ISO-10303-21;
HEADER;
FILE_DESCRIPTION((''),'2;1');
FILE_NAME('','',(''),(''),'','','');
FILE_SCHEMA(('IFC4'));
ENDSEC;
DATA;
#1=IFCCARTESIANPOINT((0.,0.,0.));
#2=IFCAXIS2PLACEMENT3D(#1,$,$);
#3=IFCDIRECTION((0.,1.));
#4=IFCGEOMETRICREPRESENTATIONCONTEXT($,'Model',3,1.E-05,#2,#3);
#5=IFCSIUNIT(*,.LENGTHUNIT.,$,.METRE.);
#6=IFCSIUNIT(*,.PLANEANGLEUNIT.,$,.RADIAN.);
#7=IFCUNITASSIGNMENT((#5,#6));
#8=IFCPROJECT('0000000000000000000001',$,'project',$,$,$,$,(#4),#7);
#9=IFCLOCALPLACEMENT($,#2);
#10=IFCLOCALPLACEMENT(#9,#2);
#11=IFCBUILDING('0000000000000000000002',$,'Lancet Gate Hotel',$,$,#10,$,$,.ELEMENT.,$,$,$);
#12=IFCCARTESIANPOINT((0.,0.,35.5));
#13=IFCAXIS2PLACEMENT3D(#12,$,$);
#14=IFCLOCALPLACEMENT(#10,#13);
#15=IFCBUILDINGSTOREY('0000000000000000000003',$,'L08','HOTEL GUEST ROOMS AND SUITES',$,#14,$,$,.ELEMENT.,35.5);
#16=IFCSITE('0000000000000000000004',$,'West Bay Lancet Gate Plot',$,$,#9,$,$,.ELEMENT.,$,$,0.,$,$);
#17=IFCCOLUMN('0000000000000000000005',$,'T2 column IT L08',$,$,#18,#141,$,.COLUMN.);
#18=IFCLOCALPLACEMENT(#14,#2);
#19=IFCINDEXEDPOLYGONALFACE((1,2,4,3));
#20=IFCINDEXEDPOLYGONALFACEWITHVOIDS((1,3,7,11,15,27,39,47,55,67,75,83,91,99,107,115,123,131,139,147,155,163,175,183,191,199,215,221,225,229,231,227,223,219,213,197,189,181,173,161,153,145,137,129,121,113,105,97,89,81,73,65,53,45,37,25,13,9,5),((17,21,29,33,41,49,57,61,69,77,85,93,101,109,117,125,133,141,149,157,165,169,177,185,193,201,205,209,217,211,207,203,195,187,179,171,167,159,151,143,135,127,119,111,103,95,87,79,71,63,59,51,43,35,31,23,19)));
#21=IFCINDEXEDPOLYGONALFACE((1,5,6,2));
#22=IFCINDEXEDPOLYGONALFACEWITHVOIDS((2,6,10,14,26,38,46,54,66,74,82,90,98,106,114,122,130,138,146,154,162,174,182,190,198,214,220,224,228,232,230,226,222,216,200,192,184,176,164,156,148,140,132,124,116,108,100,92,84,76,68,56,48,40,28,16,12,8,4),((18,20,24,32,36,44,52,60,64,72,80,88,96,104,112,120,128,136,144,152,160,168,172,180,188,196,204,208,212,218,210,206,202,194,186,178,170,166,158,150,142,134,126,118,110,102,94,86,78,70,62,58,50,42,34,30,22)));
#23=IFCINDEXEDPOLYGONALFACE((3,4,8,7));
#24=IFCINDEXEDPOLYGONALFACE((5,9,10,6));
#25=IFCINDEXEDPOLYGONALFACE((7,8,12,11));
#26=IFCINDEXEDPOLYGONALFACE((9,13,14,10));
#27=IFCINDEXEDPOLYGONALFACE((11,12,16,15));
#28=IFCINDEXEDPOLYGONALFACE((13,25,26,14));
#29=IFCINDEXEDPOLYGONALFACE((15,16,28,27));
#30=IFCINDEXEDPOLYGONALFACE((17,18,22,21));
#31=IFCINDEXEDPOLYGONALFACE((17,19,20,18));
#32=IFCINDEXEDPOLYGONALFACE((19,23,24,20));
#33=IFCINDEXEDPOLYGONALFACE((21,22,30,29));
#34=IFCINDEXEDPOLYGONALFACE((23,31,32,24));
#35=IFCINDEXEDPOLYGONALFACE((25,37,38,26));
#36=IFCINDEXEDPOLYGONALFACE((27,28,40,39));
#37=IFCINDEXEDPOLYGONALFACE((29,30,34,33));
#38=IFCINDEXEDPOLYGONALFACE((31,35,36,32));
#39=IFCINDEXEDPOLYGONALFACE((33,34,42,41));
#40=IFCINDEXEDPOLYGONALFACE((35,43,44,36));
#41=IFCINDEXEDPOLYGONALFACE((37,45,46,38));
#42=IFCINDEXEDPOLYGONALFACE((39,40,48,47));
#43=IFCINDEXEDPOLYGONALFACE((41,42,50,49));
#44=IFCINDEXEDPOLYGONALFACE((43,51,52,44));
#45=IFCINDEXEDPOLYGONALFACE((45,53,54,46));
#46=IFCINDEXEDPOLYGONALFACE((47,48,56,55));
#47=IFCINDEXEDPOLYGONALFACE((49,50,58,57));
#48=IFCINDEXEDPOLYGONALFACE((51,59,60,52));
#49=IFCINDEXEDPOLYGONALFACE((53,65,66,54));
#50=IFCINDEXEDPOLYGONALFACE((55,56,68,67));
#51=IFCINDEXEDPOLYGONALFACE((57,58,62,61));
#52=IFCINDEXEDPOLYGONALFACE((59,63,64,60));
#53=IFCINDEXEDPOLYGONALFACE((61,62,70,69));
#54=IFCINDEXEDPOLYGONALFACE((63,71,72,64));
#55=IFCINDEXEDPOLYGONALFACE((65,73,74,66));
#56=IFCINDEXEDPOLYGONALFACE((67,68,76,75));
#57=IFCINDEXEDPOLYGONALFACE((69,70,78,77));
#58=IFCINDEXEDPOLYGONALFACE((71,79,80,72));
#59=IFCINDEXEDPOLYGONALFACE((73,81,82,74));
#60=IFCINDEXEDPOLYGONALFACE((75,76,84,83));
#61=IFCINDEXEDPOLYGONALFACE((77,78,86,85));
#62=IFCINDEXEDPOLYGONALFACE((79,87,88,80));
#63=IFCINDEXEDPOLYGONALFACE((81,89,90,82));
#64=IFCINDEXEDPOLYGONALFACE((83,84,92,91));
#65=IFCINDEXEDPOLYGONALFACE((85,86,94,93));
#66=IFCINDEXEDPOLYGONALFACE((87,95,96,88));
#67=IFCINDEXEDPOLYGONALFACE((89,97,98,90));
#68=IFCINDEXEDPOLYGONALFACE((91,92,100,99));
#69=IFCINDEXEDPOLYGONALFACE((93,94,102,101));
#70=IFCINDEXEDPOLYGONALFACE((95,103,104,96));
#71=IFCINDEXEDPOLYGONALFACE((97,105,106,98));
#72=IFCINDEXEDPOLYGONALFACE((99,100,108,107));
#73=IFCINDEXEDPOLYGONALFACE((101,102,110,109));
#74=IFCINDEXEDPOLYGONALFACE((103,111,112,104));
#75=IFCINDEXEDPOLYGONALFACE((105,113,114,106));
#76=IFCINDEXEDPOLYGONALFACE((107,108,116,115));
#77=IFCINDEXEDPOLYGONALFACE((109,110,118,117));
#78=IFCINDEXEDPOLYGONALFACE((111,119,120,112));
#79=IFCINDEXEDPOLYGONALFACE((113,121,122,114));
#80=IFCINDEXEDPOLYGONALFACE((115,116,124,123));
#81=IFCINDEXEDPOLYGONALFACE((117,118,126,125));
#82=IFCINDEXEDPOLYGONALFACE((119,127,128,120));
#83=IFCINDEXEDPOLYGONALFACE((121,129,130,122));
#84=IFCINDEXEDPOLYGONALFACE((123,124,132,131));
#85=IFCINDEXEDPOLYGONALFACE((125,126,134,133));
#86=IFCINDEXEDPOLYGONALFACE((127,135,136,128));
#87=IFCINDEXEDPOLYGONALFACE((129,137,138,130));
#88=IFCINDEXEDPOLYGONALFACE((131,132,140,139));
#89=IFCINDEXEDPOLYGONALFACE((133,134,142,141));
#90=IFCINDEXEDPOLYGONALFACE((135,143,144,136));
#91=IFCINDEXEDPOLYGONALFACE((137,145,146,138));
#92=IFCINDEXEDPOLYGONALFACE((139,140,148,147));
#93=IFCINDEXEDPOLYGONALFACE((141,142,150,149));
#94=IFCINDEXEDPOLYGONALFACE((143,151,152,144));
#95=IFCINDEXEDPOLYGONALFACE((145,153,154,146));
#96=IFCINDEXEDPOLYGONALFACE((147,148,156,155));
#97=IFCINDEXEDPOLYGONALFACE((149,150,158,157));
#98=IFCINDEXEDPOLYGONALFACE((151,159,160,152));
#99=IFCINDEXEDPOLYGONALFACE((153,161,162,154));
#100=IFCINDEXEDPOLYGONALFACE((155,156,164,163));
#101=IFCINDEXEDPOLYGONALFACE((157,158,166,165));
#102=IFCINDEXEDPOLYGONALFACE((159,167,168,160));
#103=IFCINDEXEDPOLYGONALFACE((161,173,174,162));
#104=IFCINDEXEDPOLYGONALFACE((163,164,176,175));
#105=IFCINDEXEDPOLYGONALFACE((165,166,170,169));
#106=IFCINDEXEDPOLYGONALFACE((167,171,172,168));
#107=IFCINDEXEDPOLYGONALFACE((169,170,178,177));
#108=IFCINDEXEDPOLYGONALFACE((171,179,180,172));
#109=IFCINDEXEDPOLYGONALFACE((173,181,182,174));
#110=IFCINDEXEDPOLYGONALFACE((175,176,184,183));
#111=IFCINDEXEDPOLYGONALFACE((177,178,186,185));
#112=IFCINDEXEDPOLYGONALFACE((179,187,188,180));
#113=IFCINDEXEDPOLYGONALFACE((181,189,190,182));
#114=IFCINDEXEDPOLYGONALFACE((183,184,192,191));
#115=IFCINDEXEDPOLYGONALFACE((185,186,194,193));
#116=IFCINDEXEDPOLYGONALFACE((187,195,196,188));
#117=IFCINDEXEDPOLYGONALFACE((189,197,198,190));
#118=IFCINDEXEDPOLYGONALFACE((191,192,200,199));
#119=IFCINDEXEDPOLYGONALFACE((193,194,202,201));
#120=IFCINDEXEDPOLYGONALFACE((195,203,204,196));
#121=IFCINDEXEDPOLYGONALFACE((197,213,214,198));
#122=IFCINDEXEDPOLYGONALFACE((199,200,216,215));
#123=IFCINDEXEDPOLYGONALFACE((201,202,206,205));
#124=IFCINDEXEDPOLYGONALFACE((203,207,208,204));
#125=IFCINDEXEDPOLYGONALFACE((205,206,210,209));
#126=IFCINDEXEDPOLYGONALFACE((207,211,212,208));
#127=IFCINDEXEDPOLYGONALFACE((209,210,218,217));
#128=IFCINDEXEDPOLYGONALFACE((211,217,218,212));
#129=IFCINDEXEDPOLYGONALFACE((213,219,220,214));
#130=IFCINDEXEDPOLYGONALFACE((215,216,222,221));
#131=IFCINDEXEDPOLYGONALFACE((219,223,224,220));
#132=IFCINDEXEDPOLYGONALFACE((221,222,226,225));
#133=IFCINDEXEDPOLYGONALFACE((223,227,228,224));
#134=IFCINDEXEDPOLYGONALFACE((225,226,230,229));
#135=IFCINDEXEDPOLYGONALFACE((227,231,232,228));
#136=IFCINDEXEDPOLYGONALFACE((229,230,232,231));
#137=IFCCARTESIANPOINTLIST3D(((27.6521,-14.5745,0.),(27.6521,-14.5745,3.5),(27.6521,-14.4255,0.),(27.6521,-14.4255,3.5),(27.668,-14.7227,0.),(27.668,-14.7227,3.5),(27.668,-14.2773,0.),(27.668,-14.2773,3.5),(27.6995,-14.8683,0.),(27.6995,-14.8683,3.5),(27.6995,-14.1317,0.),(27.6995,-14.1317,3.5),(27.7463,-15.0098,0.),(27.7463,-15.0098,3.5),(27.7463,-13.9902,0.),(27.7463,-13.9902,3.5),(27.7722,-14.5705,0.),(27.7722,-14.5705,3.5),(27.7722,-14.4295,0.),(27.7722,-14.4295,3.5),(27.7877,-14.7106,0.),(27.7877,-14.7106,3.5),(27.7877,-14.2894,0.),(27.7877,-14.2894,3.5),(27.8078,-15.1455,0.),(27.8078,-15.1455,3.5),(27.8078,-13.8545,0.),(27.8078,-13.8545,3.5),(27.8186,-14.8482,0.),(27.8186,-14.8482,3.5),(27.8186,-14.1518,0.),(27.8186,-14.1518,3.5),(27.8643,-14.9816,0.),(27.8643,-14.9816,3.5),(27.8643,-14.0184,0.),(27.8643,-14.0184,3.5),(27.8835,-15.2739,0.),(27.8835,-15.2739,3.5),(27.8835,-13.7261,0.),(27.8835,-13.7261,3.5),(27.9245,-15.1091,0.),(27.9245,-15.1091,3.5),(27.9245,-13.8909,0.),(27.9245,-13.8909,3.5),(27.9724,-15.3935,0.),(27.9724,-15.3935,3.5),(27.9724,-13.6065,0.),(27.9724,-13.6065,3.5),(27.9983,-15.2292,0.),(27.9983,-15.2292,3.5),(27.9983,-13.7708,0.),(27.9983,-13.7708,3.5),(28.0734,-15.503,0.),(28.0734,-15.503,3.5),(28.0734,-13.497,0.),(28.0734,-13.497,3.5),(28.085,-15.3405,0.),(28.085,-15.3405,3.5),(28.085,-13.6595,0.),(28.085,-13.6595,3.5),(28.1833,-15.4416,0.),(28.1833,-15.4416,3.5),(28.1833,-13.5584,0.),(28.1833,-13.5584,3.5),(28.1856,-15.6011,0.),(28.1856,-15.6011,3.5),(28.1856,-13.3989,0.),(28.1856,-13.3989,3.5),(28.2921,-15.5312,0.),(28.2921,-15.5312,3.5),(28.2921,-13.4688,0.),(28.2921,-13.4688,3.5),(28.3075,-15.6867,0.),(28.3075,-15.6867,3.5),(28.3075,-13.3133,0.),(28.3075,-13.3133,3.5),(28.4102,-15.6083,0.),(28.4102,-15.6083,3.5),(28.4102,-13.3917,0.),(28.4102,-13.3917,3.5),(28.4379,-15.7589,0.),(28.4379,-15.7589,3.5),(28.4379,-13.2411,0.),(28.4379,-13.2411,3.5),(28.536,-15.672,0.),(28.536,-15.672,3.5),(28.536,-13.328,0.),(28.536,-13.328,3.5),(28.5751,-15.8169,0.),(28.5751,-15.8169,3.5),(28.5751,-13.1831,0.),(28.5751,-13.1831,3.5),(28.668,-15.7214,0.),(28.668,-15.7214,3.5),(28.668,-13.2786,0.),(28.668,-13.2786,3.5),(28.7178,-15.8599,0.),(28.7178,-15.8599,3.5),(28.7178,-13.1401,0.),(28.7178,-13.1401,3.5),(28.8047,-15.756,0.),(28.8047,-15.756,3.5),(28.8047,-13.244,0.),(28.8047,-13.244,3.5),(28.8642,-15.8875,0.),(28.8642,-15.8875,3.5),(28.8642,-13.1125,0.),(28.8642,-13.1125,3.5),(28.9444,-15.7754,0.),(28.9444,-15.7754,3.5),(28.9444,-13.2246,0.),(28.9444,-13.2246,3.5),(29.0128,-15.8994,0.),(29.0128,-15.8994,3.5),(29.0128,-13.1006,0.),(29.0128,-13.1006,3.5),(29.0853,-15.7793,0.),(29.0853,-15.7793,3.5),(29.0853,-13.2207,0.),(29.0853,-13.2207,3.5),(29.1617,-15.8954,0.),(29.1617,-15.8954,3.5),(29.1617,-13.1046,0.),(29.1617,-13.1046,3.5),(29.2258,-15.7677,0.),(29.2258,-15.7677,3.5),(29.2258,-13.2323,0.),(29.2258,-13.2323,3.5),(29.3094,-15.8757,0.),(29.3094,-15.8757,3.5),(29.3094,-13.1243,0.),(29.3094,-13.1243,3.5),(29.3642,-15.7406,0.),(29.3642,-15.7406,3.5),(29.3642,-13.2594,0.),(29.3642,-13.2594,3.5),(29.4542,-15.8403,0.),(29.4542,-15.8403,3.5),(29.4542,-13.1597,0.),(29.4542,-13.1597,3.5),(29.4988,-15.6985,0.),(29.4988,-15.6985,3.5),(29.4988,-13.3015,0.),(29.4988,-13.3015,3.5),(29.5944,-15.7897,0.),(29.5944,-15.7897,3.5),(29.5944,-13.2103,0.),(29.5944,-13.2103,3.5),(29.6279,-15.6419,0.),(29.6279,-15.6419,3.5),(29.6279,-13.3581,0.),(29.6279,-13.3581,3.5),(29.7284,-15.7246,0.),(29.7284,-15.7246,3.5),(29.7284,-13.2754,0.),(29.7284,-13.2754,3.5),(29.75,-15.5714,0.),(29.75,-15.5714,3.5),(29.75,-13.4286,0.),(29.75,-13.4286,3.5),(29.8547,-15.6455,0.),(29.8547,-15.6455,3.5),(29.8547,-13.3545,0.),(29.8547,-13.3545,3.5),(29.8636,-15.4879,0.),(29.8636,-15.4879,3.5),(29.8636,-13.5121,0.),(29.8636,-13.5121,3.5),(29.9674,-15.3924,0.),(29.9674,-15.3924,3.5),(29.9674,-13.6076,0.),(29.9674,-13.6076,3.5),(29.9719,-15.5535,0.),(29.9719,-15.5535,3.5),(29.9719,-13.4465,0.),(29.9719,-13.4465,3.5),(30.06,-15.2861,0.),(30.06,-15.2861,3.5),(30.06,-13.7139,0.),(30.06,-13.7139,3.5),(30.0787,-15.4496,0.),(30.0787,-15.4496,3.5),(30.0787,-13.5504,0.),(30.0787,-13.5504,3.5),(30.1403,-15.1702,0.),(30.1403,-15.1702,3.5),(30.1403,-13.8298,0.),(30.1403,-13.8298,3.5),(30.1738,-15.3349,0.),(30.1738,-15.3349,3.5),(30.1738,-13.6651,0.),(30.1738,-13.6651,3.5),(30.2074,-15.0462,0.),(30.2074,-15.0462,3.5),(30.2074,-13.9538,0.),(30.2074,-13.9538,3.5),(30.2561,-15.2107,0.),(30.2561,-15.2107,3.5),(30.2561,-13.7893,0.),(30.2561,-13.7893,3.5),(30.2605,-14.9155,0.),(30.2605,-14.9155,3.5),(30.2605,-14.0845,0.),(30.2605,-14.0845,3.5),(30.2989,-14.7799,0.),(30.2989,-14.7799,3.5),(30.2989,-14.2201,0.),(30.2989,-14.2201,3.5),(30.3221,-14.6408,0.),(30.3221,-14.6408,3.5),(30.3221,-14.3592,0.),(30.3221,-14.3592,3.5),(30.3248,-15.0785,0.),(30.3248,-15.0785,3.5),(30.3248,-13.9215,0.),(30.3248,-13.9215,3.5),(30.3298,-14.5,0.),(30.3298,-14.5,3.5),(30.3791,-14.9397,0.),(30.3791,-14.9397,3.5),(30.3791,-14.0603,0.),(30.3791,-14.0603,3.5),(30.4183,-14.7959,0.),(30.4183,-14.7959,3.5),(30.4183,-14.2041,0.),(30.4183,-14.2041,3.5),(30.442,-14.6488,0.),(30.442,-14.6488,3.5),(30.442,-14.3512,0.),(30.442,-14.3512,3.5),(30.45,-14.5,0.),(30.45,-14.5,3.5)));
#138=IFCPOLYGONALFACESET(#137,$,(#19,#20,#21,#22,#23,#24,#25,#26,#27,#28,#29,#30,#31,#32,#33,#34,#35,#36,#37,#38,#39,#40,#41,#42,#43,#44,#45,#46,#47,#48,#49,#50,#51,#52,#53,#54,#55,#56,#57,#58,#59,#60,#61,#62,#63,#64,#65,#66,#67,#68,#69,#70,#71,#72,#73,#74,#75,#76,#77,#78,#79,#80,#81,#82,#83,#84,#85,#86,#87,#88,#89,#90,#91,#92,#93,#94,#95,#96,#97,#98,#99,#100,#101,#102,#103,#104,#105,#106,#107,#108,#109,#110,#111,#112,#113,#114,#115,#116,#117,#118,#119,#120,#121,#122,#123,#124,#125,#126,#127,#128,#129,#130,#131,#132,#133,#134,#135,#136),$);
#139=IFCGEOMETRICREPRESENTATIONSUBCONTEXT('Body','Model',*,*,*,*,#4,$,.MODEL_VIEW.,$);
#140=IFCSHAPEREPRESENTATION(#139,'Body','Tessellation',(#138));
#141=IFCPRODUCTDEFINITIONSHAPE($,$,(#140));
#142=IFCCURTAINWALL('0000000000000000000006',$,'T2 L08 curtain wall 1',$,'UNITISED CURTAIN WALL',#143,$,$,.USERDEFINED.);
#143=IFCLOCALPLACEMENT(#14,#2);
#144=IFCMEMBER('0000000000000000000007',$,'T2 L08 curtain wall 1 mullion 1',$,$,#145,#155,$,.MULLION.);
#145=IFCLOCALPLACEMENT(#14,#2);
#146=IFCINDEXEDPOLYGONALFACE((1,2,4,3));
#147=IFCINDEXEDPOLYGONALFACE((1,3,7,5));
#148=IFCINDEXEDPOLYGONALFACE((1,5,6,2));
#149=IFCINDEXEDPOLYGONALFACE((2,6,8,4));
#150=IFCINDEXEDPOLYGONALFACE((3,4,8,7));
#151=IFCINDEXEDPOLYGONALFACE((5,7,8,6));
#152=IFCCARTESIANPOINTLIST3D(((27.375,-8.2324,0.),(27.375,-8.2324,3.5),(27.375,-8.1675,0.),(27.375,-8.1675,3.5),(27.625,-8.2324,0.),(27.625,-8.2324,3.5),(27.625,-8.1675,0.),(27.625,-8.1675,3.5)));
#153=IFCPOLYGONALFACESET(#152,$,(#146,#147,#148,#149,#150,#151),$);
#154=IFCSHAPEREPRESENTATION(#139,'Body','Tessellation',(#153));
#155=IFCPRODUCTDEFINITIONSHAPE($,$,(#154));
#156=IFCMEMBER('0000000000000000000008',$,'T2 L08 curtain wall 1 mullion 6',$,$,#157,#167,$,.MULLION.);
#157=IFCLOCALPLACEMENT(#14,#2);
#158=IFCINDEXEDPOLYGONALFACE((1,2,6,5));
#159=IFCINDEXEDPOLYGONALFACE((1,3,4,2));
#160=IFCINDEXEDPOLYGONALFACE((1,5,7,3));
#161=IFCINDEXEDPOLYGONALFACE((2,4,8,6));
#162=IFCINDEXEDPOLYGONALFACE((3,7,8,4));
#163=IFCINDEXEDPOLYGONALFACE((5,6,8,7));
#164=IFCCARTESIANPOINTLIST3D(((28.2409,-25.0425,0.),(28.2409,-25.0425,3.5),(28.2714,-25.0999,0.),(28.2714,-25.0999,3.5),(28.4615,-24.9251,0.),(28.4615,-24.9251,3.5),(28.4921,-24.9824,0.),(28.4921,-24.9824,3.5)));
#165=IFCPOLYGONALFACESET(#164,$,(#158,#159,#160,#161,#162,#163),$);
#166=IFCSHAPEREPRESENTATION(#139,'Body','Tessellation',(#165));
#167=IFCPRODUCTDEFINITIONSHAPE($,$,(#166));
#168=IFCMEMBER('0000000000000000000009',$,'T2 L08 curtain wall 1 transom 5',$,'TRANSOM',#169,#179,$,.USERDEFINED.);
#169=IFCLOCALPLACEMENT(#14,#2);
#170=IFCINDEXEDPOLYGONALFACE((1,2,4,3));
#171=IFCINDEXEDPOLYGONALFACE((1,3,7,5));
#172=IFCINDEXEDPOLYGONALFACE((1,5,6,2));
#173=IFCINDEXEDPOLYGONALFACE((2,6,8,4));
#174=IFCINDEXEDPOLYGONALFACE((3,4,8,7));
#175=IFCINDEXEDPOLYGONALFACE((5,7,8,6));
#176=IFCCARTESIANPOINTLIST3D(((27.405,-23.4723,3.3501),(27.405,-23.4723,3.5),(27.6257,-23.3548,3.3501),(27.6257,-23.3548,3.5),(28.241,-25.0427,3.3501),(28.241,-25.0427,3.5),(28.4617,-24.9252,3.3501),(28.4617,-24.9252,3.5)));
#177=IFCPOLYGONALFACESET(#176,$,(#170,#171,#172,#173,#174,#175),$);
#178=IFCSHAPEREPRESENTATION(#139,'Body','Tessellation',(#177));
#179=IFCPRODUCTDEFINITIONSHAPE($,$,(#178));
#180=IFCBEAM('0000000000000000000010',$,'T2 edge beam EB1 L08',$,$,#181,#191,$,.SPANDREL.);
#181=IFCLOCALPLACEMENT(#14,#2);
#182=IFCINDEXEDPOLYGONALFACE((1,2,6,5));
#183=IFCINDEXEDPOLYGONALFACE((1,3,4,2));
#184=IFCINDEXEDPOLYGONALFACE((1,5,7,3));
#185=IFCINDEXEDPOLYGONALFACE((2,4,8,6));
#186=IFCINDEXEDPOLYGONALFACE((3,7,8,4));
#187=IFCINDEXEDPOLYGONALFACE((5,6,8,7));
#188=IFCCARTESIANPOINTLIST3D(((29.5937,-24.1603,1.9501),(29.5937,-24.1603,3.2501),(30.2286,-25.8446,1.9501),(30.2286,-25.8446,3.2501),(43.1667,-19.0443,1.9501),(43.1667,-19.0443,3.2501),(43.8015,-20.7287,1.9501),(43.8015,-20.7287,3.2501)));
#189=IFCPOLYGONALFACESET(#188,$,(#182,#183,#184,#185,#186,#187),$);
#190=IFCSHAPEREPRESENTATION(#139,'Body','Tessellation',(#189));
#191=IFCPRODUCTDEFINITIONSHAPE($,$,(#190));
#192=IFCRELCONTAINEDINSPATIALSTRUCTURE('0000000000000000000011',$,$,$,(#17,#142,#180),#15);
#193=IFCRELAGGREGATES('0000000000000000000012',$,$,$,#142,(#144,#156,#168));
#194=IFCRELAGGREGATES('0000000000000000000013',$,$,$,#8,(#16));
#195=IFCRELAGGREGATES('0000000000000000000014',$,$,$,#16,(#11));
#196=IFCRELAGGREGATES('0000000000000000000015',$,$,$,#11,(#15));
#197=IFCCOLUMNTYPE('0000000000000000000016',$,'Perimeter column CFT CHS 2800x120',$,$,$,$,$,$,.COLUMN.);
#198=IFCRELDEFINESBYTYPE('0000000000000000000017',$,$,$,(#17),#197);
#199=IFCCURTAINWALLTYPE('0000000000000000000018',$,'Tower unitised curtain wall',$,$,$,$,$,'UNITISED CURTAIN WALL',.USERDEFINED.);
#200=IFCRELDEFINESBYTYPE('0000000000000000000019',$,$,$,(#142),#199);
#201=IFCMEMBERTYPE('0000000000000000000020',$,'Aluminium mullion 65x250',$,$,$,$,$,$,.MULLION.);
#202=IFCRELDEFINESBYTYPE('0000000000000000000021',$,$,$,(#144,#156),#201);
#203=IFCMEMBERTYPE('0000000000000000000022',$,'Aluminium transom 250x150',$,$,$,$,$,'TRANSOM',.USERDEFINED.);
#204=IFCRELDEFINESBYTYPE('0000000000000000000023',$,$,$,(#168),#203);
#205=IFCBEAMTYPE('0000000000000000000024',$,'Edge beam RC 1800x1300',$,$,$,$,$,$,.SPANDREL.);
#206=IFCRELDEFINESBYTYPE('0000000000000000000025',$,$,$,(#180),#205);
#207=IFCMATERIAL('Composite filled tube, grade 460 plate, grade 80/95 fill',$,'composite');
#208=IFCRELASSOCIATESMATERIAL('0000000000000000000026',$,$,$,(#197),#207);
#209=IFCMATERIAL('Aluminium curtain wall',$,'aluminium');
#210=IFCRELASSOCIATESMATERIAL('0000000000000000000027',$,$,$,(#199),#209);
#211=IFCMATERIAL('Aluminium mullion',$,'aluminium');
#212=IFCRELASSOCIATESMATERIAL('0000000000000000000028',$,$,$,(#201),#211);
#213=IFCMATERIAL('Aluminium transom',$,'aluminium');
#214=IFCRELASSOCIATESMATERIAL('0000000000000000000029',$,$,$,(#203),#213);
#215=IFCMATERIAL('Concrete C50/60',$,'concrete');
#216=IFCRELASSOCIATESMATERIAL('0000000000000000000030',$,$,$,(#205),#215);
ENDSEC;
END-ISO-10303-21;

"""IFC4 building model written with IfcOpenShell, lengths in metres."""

from ifc_helpers import new_model, si_unit, direction, frame, origin, origin_2d, place, context, subcontext, project, spatial, rectangle, hollow_circle, extrude, material, material_profile, profile_set, type_object, element, aggregate, save


model = new_model("IFC4")

# Units and contexts
model_context = context("Model", 3, precision=1e-05, world=origin(), true_north=direction((0.0, 1.0)))
body_context = subcontext(model_context, "Body", "Model", "MODEL_VIEW")
ifc_project = project(units=[si_unit("LENGTHUNIT", "METRE"), si_unit("PLANEANGLEUNIT", "RADIAN")], contexts=[model_context])

# Site, building, storey
site_placement = place(None, origin())
site = spatial("IfcSite", under=ifc_project, at=site_placement, Name="West Bay Lancet Gate Plot", CompositionType="ELEMENT", RefElevation=0.0)
building_placement = place(site_placement, origin())
building = spatial("IfcBuilding", under=site, at=building_placement, Name="Lancet Gate Hotel", CompositionType="ELEMENT")
storey_placement = place(building_placement, frame((0.0, 0.0, 35.5)))
storey = spatial("IfcBuildingStorey", under=building, at=storey_placement, Name="L08", Description="HOTEL GUEST ROOMS AND SUITES", CompositionType="ELEMENT", Elevation=35.5)

# Column
ifc_material_1 = material(Name="Composite filled tube, grade 460 plate, grade 80/95 fill", Category="composite")
ifc_material_profile_1 = material_profile(ifc_material_1, hollow_circle(Radius=1.3999, WallThickness=0.1201, at=origin_2d()), Name="CHS 2800x120")
ifc_profile_set_1 = profile_set([ifc_material_profile_1], Name="Composite filled tube, grade 460 plate, grade 80/95 fill")
column_type = type_object("IfcColumnType", Name="Perimeter column CFT CHS 2800x120", PredefinedType="COLUMN", material=ifc_profile_set_1)
for number, where, z_axis, x_axis, name in (
    (1, (29.05, -14.5, 0.0), (0.0, 0.0, 1.0), (1.0, 0.0, 0.0), "T2 column IT L08"),
):
    element("IfcColumn", number, at=place(storey_placement, frame(where, z_axis=z_axis, x_axis=x_axis)), inside=storey, type_object=column_type, Name=name, PredefinedType="COLUMN", context=body_context, shape_type="SweptSolid", body=[
        extrude(hollow_circle(Radius=1.3999, WallThickness=0.1201, at=origin_2d()), origin(), (0.0, 0.0, 1.0), 3.5),
    ])

# Curtain wall, members
ifc_material_2 = material(Name="Aluminium curtain wall", Category="aluminium")
curtain_wall_type = type_object("IfcCurtainWallType", Name="Tower unitised curtain wall", ElementType="UNITISED CURTAIN WALL", PredefinedType="USERDEFINED", material=ifc_material_2)
curtain_wall_placement = place(storey_placement, origin())
curtain_wall = element("IfcCurtainWall", 2, at=curtain_wall_placement, inside=storey, type_object=curtain_wall_type, Name="T2 L08 curtain wall 1", ObjectType="UNITISED CURTAIN WALL", PredefinedType="USERDEFINED")
ifc_material_3 = material(Name="Aluminium mullion", Category="aluminium")
ifc_material_profile_2 = material_profile(ifc_material_3, rectangle(XDim=0.0649, YDim=0.25, at=origin_2d()), Name="MULLION 65x250")
ifc_profile_set_2 = profile_set([ifc_material_profile_2], Name="Aluminium mullion")
member_type_1 = type_object("IfcMemberType", Name="Aluminium mullion 65x250", PredefinedType="MULLION", material=ifc_profile_set_2)
member_1_placement = place(storey_placement, frame((27.5, -8.2, 0.0), z_axis=(0.0, 0.0, 1.0), x_axis=(0.0, -1.0, 0.0)))
member_1 = element("IfcMember", 3, at=member_1_placement, type_object=member_type_1, Name="T2 L08 curtain wall 1 mullion 1", PredefinedType="MULLION", context=body_context, shape_type="SweptSolid", body=[
    extrude(rectangle(XDim=0.0649, YDim=0.25, at=origin_2d()), origin(), (0.0, 0.0, 1.0), 3.5),
])
member_2_placement = place(storey_placement, frame((28.3665, -25.0125, 0.0), z_axis=(0.0, 0.0, 1.0), x_axis=(0.469898, -0.882721, 0.0)))
member_2 = element("IfcMember", 4, at=member_2_placement, type_object=member_type_1, Name="T2 L08 curtain wall 1 mullion 6", PredefinedType="MULLION", context=body_context, shape_type="SweptSolid", body=[
    extrude(rectangle(XDim=0.0649, YDim=0.25, at=origin_2d()), origin(), (0.0, 0.0, 1.0), 3.5),
])
ifc_material_4 = material(Name="Aluminium transom", Category="aluminium")
ifc_material_profile_3 = material_profile(ifc_material_4, rectangle(XDim=0.25, YDim=0.1499, at=origin_2d()), Name="TRANSOM 250x150")
ifc_profile_set_3 = profile_set([ifc_material_profile_3], Name="Aluminium transom")
member_type_2 = type_object("IfcMemberType", Name="Aluminium transom 250x150", ElementType="TRANSOM", PredefinedType="USERDEFINED", material=ifc_profile_set_3)
member_3_placement = place(storey_placement, frame((27.5154, -23.4136, 3.425), z_axis=(0.469904, -0.882717, 0.0), x_axis=(0.882717, 0.469904, 0.0)))
member_3 = element("IfcMember", 5, at=member_3_placement, type_object=member_type_2, Name="T2 L08 curtain wall 1 transom 5", ObjectType="TRANSOM", PredefinedType="USERDEFINED", context=body_context, shape_type="SweptSolid", body=[
    extrude(rectangle(XDim=0.25, YDim=0.1499, at=origin_2d()), origin(), (0.0, 0.0, 1.0), 1.7791),
])

# Beam
ifc_material_5 = material(Name="Concrete C50/60", Category="concrete")
ifc_material_profile_4 = material_profile(ifc_material_5, rectangle(XDim=1.8, YDim=1.3, at=origin_2d()), Name="RC 1800x1300")
ifc_profile_set_4 = profile_set([ifc_material_profile_4], Name="Concrete C50/60")
beam_type_1 = type_object("IfcBeamType", Name="Edge beam RC 1800x1300", PredefinedType="SPANDREL", material=ifc_profile_set_4)
beam_1_placement = place(storey_placement, frame((29.9111, -25.0024, 2.6001), z_axis=(0.935736, 0.3527, 0.0), x_axis=(-0.3527, 0.935736, 0.0)))
element("IfcBeam", 6, at=beam_1_placement, inside=storey, type_object=beam_type_1, Name="T2 edge beam EB1 L08", PredefinedType="SPANDREL", context=body_context, shape_type="SweptSolid", body=[
    extrude(rectangle(XDim=1.8, YDim=1.3, at=origin_2d()), origin(), (0.0, 0.0, 1.0), 14.5051),
])

aggregate(curtain_wall, [member_1, member_2, member_3])

save(model, "model.ifc")
